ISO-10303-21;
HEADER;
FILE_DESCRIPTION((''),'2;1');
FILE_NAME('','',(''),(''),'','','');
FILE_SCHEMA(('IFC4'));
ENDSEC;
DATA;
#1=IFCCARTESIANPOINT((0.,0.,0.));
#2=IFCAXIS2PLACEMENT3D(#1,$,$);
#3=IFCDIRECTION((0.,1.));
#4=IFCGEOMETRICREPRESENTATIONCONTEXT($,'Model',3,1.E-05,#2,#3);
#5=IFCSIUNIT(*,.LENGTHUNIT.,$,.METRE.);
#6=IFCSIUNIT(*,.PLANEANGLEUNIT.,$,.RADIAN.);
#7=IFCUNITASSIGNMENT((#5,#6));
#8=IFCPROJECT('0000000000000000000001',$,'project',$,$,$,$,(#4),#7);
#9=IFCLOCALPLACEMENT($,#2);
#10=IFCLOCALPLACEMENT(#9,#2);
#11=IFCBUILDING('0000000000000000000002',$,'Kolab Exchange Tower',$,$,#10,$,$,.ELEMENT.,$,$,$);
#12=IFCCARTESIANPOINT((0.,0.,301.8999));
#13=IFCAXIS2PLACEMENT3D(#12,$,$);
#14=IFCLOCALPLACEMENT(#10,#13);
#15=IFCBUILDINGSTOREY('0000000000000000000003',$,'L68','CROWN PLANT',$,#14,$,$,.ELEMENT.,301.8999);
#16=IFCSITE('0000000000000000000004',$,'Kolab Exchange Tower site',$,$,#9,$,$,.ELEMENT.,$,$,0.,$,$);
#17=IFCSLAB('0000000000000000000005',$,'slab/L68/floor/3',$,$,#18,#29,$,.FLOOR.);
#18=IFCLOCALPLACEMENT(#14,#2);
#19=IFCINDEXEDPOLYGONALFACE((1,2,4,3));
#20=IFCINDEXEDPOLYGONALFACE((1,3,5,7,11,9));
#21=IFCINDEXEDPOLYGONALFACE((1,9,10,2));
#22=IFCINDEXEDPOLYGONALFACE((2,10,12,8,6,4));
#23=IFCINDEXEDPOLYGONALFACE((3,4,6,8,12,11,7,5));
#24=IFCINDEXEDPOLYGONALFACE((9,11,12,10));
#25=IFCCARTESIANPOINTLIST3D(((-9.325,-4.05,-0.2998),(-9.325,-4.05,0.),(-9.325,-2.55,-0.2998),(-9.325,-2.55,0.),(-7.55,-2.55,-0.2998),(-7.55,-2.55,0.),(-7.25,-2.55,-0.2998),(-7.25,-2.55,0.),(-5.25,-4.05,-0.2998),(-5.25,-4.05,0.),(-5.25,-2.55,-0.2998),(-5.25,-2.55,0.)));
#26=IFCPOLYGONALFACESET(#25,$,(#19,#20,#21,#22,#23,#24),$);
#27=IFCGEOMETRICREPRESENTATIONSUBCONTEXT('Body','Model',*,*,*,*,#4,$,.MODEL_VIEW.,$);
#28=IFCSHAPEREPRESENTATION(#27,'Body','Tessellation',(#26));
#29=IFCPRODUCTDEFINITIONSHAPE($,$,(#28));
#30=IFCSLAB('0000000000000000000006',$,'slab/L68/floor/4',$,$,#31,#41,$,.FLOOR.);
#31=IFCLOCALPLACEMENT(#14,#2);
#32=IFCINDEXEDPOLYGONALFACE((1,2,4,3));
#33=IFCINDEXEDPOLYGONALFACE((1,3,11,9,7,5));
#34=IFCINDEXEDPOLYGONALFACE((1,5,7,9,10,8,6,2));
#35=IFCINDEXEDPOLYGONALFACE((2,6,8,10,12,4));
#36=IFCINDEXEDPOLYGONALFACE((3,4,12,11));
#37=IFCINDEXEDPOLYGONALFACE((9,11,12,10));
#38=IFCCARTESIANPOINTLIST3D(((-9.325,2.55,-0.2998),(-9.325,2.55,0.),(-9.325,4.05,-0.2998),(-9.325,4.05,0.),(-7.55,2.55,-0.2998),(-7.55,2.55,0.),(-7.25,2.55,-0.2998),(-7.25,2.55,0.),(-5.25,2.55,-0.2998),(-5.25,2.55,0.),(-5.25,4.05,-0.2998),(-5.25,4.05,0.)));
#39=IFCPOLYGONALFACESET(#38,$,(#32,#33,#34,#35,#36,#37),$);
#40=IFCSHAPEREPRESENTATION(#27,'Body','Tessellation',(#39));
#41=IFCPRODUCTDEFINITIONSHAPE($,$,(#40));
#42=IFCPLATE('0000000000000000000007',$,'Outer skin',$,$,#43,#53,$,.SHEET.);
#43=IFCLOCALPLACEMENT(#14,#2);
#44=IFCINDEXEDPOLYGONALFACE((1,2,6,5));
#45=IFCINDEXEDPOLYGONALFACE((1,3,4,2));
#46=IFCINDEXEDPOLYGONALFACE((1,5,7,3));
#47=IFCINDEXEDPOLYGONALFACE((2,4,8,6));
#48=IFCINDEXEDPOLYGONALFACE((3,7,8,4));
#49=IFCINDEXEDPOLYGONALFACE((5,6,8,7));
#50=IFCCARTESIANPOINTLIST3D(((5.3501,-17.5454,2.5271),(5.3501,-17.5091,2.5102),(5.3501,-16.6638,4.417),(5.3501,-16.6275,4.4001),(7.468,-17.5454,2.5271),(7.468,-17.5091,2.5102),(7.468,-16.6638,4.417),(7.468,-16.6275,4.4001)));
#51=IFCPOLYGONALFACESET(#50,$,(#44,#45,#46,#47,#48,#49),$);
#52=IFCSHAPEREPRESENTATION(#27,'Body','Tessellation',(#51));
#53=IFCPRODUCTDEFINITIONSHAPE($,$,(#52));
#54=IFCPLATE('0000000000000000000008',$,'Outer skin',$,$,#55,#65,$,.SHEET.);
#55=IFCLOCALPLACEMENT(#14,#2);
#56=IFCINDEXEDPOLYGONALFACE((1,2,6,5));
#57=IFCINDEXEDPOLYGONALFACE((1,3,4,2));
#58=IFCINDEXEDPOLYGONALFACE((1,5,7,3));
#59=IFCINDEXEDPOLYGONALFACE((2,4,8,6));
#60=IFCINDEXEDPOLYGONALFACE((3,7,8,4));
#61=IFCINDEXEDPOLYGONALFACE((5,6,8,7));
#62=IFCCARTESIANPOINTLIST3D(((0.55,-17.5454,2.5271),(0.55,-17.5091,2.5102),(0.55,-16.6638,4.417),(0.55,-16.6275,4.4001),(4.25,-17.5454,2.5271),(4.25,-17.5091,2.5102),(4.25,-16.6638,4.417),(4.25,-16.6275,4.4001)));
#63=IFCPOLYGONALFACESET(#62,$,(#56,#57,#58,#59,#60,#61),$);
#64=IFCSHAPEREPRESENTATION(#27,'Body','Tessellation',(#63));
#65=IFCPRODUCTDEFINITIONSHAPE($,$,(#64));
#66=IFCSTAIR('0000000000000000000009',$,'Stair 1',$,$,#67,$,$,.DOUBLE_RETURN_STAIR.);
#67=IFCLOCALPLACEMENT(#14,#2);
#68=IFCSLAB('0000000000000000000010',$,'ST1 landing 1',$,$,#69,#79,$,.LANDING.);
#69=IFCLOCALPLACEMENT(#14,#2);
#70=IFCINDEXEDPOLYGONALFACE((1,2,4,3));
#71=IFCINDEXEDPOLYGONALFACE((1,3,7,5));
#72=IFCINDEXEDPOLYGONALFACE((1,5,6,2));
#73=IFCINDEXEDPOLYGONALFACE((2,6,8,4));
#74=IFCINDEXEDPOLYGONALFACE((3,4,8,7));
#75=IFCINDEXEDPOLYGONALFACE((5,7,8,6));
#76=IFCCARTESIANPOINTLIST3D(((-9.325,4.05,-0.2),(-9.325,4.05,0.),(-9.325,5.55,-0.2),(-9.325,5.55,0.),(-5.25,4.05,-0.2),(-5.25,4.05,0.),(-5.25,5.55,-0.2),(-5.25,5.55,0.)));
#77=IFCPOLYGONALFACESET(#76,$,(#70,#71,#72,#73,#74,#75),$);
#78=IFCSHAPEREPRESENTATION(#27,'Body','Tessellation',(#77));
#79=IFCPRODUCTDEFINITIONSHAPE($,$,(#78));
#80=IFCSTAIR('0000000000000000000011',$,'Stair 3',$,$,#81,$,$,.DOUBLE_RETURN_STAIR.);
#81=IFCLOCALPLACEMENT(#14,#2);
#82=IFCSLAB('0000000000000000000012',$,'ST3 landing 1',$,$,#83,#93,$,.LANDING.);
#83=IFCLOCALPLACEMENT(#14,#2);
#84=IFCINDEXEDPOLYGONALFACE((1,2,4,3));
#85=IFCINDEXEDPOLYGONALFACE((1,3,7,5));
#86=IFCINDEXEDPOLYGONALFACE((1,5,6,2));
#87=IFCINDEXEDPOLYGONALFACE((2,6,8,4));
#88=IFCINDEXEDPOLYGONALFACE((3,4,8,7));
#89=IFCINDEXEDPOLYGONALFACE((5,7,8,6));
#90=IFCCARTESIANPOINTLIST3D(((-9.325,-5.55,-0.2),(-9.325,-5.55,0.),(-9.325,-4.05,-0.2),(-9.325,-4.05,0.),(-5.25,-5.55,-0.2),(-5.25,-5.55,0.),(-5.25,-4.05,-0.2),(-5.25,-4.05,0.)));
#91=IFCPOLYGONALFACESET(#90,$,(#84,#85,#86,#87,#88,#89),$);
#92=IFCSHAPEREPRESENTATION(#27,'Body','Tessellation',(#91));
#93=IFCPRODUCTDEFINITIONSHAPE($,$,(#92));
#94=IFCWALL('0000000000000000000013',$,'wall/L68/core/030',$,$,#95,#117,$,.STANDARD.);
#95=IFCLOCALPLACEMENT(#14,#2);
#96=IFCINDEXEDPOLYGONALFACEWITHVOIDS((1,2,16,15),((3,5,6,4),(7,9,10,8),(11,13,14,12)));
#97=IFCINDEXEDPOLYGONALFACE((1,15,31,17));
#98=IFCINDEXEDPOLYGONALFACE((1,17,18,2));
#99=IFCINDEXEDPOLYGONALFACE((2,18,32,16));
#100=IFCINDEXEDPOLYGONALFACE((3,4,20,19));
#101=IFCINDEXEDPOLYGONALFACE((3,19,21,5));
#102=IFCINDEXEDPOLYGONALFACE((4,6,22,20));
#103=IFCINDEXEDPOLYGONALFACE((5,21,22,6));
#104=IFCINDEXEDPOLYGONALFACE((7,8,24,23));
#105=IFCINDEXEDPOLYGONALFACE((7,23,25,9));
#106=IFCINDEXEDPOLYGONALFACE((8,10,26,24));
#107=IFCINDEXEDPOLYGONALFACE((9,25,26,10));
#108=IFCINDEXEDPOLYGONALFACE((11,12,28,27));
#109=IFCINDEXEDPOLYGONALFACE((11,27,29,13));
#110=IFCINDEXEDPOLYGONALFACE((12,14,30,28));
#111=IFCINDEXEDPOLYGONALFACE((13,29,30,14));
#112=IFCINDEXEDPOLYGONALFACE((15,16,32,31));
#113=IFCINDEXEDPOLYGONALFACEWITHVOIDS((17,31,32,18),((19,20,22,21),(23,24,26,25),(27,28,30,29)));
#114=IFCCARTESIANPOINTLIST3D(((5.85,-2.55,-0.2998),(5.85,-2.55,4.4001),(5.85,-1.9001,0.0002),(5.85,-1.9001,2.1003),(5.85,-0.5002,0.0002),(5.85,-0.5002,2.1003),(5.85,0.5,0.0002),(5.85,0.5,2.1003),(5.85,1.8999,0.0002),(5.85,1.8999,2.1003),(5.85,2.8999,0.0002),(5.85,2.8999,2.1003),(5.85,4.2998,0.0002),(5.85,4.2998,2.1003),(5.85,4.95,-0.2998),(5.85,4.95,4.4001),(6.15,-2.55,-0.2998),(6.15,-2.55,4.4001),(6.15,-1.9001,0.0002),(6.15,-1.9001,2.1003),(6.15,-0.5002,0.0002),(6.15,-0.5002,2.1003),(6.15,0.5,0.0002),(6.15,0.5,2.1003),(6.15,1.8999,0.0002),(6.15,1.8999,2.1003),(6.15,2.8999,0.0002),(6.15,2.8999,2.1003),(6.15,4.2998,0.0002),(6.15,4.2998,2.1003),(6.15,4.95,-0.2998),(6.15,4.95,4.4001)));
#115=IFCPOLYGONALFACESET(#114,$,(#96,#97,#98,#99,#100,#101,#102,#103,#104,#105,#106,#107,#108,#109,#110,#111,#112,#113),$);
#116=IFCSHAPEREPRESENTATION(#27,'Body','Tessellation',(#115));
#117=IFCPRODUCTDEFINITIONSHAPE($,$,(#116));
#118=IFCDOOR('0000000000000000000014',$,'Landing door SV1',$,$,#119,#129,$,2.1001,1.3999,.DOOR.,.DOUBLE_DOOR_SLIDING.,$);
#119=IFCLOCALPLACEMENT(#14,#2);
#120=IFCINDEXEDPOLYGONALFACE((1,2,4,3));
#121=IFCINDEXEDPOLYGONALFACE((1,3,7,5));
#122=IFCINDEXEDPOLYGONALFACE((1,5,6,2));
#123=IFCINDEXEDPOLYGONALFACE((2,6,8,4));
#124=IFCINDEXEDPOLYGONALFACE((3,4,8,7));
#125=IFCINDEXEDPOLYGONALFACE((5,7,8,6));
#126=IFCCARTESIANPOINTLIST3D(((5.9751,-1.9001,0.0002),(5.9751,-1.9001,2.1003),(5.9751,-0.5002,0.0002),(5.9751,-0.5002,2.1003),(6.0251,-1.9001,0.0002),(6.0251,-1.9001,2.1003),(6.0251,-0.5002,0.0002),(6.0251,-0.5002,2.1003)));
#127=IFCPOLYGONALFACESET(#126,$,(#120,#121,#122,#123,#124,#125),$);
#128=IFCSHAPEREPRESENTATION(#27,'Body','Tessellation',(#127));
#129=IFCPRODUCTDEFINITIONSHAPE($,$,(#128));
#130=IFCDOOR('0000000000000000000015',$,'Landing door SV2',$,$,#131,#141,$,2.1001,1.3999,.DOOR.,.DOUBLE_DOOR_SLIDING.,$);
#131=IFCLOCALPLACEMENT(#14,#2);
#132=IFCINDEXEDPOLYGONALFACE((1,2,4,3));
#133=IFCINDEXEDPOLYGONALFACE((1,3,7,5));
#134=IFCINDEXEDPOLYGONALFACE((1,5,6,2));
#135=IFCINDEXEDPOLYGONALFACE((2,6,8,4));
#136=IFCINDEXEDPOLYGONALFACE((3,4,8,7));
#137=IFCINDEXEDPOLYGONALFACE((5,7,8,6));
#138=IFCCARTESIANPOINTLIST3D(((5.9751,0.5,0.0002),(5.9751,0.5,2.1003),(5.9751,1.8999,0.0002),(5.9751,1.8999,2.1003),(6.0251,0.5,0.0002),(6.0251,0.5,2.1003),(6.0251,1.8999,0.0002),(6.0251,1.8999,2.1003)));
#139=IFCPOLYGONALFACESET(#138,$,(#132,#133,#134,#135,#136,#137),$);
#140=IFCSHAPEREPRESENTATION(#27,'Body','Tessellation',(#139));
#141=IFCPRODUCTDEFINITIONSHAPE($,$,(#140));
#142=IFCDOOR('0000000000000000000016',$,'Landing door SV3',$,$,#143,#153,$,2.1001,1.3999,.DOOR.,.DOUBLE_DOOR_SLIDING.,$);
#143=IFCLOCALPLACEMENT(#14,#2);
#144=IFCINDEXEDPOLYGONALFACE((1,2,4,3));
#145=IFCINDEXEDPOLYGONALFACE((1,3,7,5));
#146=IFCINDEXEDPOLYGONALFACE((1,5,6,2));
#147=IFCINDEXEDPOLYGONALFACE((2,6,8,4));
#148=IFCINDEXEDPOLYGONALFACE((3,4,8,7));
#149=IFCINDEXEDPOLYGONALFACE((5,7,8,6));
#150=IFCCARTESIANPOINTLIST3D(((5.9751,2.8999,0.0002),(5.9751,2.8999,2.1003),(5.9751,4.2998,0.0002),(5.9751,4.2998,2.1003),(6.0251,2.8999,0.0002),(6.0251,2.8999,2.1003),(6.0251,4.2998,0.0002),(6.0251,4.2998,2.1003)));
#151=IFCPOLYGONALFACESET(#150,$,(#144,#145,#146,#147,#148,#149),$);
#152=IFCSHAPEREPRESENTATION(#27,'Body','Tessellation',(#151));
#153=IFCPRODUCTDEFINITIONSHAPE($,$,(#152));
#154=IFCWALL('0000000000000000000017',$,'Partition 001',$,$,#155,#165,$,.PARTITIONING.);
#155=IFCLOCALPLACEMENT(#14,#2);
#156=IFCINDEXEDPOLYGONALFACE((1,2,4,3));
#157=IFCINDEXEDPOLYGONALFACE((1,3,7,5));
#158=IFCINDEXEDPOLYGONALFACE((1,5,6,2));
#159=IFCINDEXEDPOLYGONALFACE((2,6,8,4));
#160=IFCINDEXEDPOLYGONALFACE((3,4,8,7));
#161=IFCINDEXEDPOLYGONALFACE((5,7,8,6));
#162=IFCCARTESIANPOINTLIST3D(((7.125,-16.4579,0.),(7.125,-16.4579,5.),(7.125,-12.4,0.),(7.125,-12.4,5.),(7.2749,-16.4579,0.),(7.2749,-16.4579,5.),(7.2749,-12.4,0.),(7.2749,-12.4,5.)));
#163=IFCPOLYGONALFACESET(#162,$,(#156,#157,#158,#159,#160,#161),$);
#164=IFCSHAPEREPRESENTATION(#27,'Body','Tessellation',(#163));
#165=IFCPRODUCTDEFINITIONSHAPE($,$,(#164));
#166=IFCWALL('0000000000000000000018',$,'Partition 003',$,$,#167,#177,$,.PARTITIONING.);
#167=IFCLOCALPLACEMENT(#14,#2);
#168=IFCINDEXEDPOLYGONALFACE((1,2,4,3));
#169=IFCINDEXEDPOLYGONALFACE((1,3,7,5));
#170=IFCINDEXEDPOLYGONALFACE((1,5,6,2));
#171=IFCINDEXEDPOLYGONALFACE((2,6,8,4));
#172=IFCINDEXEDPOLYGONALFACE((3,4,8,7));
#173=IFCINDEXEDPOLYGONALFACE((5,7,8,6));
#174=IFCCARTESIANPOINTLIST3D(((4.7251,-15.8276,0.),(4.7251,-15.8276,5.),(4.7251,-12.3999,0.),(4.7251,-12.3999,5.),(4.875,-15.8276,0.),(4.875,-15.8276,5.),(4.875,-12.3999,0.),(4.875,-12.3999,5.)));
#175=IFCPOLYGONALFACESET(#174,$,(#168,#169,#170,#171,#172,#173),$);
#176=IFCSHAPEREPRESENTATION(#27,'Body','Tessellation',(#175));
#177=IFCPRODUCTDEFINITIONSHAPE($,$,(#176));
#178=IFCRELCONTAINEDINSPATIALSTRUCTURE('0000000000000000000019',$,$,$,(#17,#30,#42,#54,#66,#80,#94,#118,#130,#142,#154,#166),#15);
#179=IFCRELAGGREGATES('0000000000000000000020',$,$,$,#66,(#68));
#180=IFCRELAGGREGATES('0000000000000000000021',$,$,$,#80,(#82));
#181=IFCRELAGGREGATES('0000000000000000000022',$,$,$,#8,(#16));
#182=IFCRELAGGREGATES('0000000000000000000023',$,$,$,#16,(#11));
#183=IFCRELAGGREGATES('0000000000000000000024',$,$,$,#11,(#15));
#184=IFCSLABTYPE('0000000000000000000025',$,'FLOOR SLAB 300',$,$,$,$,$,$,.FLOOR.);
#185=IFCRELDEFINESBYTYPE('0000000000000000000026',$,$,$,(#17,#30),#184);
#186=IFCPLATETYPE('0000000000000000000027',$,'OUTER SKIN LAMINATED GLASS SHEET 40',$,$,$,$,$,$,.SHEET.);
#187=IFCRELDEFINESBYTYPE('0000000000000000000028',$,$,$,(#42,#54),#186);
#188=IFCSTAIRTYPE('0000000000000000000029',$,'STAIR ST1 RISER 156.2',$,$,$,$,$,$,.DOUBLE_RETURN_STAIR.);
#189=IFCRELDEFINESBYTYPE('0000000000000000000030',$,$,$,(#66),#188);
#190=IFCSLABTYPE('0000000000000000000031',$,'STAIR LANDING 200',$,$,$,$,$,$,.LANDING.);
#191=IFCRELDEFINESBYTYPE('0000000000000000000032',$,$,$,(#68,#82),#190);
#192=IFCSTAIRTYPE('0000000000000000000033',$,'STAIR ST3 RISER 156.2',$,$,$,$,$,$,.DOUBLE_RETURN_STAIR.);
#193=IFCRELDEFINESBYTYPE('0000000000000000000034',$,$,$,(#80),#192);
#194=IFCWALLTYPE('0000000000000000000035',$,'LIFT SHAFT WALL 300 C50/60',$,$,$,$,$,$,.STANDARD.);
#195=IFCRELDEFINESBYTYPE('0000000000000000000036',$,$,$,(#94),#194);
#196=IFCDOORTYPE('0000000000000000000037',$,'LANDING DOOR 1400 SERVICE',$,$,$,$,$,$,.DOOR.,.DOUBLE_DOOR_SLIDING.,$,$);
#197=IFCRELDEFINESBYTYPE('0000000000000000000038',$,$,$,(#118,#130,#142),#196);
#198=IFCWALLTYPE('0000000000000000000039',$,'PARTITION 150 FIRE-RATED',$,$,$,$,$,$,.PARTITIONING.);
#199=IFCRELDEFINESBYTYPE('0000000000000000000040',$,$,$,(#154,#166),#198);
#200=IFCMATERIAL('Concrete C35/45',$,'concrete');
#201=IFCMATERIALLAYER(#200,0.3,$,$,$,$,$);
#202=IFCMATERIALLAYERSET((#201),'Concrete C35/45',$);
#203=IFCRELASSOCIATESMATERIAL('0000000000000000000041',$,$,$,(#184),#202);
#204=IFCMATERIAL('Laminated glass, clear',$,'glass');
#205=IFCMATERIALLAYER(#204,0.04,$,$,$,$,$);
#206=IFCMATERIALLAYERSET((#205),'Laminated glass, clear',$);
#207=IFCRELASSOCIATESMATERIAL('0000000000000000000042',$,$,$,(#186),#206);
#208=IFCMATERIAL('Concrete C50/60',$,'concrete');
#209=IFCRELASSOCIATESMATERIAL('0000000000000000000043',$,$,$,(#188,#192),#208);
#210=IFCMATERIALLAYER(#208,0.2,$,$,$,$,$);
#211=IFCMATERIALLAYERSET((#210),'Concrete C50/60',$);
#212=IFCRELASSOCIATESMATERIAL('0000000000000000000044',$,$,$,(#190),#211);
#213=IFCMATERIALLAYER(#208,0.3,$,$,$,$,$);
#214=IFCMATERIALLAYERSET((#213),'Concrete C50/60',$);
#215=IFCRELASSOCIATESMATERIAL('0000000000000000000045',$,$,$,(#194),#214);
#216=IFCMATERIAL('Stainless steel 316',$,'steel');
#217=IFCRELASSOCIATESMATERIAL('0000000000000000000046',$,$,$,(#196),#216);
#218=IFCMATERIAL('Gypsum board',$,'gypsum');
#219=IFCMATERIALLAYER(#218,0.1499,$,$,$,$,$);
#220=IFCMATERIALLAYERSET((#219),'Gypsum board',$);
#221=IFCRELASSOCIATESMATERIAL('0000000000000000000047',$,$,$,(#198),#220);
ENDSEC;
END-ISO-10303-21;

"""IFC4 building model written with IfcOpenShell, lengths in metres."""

from ifc_helpers import new_model, si_unit, direction, frame, frame_2d, origin, place, context, subcontext, project, spatial, polyline, rectangle, outline, extrude, material, layer, layer_set, type_object, element, fill, aggregate, save


model = new_model("IFC4")

# Units and contexts
model_context = context("Model", 3, precision=1e-05, world=origin(), true_north=direction((0.0, 1.0)))
body_context = subcontext(model_context, "Body", "Model", "MODEL_VIEW")
ifc_project = project(units=[si_unit("LENGTHUNIT", "METRE"), si_unit("PLANEANGLEUNIT", "RADIAN")], contexts=[model_context])

# Site, building, storey
site_placement = place(None, origin())
site = spatial("IfcSite", under=ifc_project, at=site_placement, Name="Kolab Exchange Tower site", CompositionType="ELEMENT", RefElevation=0.0)
building_placement = place(site_placement, origin())
building = spatial("IfcBuilding", under=site, at=building_placement, Name="Kolab Exchange Tower", CompositionType="ELEMENT")
storey_placement = place(building_placement, frame((0.0, 0.0, 301.8999)))
storey = spatial("IfcBuildingStorey", under=building, at=storey_placement, Name="L68", Description="CROWN PLANT", CompositionType="ELEMENT", Elevation=301.8999)

# Shared definitions
ifc_material_1 = material(Name="Concrete C50/60", Category="concrete")

# Slabs
ifc_material_2 = material(Name="Concrete C35/45", Category="concrete")
ifc_layer_1 = layer(ifc_material_2, 0.3)
ifc_layer_set_1 = layer_set([ifc_layer_1], Name="Concrete C35/45")
slab_type_1 = type_object("IfcSlabType", Name="FLOOR SLAB 300", PredefinedType="FLOOR", material=ifc_layer_set_1)
slab_1_placement = place(storey_placement, frame((0.0, 0.0, -0.2998)))
element("IfcSlab", 1, at=slab_1_placement, inside=storey, type_object=slab_type_1, Name="slab/L68/floor/3", PredefinedType="FLOOR", context=body_context, shape_type="SweptSolid", body=[
    extrude(outline(polyline([(-7.25, -2.55), (-7.55, -2.55), (-9.325, -2.55), (-9.325, -4.05), (-5.25, -4.05), (-5.25, -2.55), (-7.25, -2.55)])), origin(), (0.0, 0.0, 1.0), 0.2998),
])
slab_2_placement = place(storey_placement, frame((0.0, 0.0, -0.2998)))
element("IfcSlab", 2, at=slab_2_placement, inside=storey, type_object=slab_type_1, Name="slab/L68/floor/4", PredefinedType="FLOOR", context=body_context, shape_type="SweptSolid", body=[
    extrude(outline(polyline([(-9.325, 4.05), (-9.325, 2.55), (-7.55, 2.55), (-7.25, 2.55), (-5.25, 2.55), (-5.25, 4.05), (-9.325, 4.05)])), origin(), (0.0, 0.0, 1.0), 0.2998),
])

# Plates
ifc_material_3 = material(Name="Laminated glass, clear", Category="glass")
ifc_layer_2 = layer(ifc_material_3, 0.04)
ifc_layer_set_2 = layer_set([ifc_layer_2], Name="Laminated glass, clear")
plate_type = type_object("IfcPlateType", Name="OUTER SKIN LAMINATED GLASS SHEET 40", PredefinedType="SHEET", material=ifc_layer_set_2)
plate_1_placement = place(storey_placement, frame((7.468, -17.5454, 2.5271), z_axis=(0.0, -0.906249, 0.422744), x_axis=(-1.0, 0.0, 0.0)))
element("IfcPlate", 3, at=plate_1_placement, inside=storey, type_object=plate_type, Name="Outer skin", PredefinedType="SHEET", context=body_context, shape_type="SweptSolid", body=[
    extrude(outline(polyline([(0.0, 0.0), (2.1179, 0.0), (2.1179, -2.0854), (0.0, -2.0854), (0.0, 0.0)])), origin(), (0.0, 0.0, -1.0), 0.04),
])
plate_2_placement = place(storey_placement, frame((4.25, -17.5454, 2.5271), z_axis=(0.0, -0.906249, 0.422744), x_axis=(-1.0, 0.0, 0.0)))
element("IfcPlate", 4, at=plate_2_placement, inside=storey, type_object=plate_type, Name="Outer skin", PredefinedType="SHEET", context=body_context, shape_type="SweptSolid", body=[
    extrude(outline(polyline([(0.0, 0.0), (3.7, 0.0), (3.7, -2.0854), (0.0, -2.0854), (0.0, 0.0)])), origin(), (0.0, 0.0, -1.0), 0.04),
])

# Stairs, slabs
stair_type_1 = type_object("IfcStairType", Name="STAIR ST1 RISER 156.2", PredefinedType="DOUBLE_RETURN_STAIR", material=ifc_material_1)
stair_1_placement = place(storey_placement, origin())
stair_1 = element("IfcStair", 5, at=stair_1_placement, inside=storey, type_object=stair_type_1, Name="Stair 1", PredefinedType="DOUBLE_RETURN_STAIR")
ifc_layer_3 = layer(ifc_material_1, 0.2)
ifc_layer_set_3 = layer_set([ifc_layer_3], Name="Concrete C50/60")
slab_type_2 = type_object("IfcSlabType", Name="STAIR LANDING 200", PredefinedType="LANDING", material=ifc_layer_set_3)
slab_3_placement = place(storey_placement, frame((0.0, 0.0, -0.2)))
slab_3 = element("IfcSlab", 6, at=slab_3_placement, type_object=slab_type_2, Name="ST1 landing 1", PredefinedType="LANDING", context=body_context, shape_type="SweptSolid", body=[
    extrude(outline(polyline([(-9.325, 4.05), (-5.25, 4.05), (-5.25, 5.55), (-9.325, 5.55), (-9.325, 4.05)])), origin(), (0.0, 0.0, 1.0), 0.2),
])
aggregate(stair_1, [slab_3])
stair_type_2 = type_object("IfcStairType", Name="STAIR ST3 RISER 156.2", PredefinedType="DOUBLE_RETURN_STAIR", material=ifc_material_1)
stair_2_placement = place(storey_placement, origin())
stair_2 = element("IfcStair", 7, at=stair_2_placement, inside=storey, type_object=stair_type_2, Name="Stair 3", PredefinedType="DOUBLE_RETURN_STAIR")
slab_4_placement = place(storey_placement, frame((0.0, 0.0, -0.2)))
slab_4 = element("IfcSlab", 8, at=slab_4_placement, type_object=slab_type_2, Name="ST3 landing 1", PredefinedType="LANDING", context=body_context, shape_type="SweptSolid", body=[
    extrude(outline(polyline([(-9.325, -5.55), (-5.25, -5.55), (-5.25, -4.05), (-9.325, -4.05), (-9.325, -5.55)])), origin(), (0.0, 0.0, 1.0), 0.2),
])
aggregate(stair_2, [slab_4])

# Wall, openings, doors
ifc_layer_4 = layer(ifc_material_1, 0.3)
ifc_layer_set_4 = layer_set([ifc_layer_4], Name="Concrete C50/60")
wall_type_1 = type_object("IfcWallType", Name="LIFT SHAFT WALL 300 C50/60", PredefinedType="STANDARD", material=ifc_layer_set_4)
wall_1_placement = place(storey_placement, frame((6.0, -2.55, -0.2998), z_axis=(0.0, 0.0, 1.0), x_axis=(0.0, 1.0, 0.0)))
wall_1 = element("IfcWall", 9, at=wall_1_placement, inside=storey, type_object=wall_type_1, Name="wall/L68/core/030", PredefinedType="STANDARD", context=body_context, shape_type="SweptSolid", body=[
    extrude(rectangle(XDim=7.5, YDim=0.3, at=frame_2d((3.75, 0.0))), origin(), (0.0, 0.0, 1.0), 4.7),
])
opening_1_placement = place(wall_1_placement, frame((0.6499, 0.0, 0.3)))
opening_1 = element("IfcOpeningElement", 10, at=opening_1_placement, cuts=wall_1, PredefinedType="OPENING", context=body_context, shape_type="SweptSolid", body=[
    extrude(rectangle(XDim=1.3999, YDim=2.1001, at=frame_2d((0.7, 1.05))), frame((0.0, 0.1602, 0.0), z_axis=(0.0, -1.0, 0.0), x_axis=(1.0, 0.0, 0.0)), (0.0, 0.0, 1.0), 0.3201),
])
opening_2_placement = place(wall_1_placement, frame((3.05, 0.0, 0.3)))
opening_2 = element("IfcOpeningElement", 11, at=opening_2_placement, cuts=wall_1, PredefinedType="OPENING", context=body_context, shape_type="SweptSolid", body=[
    extrude(rectangle(XDim=1.3999, YDim=2.1001, at=frame_2d((0.7, 1.05))), frame((0.0, 0.1602, 0.0), z_axis=(0.0, -1.0, 0.0), x_axis=(1.0, 0.0, 0.0)), (0.0, 0.0, 1.0), 0.3201),
])
opening_3_placement = place(wall_1_placement, frame((5.45, 0.0, 0.3)))
opening_3 = element("IfcOpeningElement", 12, at=opening_3_placement, cuts=wall_1, PredefinedType="OPENING", context=body_context, shape_type="SweptSolid", body=[
    extrude(rectangle(XDim=1.3999, YDim=2.1001, at=frame_2d((0.7, 1.05))), frame((0.0, 0.1602, 0.0), z_axis=(0.0, -1.0, 0.0), x_axis=(1.0, 0.0, 0.0)), (0.0, 0.0, 1.0), 0.3201),
])
ifc_material_4 = material(Name="Stainless steel 316", Category="steel")
door_type_1 = type_object("IfcDoorType", Name="LANDING DOOR 1400 SERVICE", OperationType="DOUBLE_DOOR_SLIDING", PredefinedType="DOOR", material=ifc_material_4)
door_1_placement = place(opening_1_placement, origin())
door_1 = element("IfcDoor", 13, at=door_1_placement, inside=storey, type_object=door_type_1, Name="Landing door SV1", OperationType="DOUBLE_DOOR_SLIDING", OverallHeight=2.1001, OverallWidth=1.3999, PredefinedType="DOOR", context=body_context, shape_type="SweptSolid", body=[
    extrude(rectangle(XDim=1.3999, YDim=2.1001, at=frame_2d((0.7, 1.05))), frame((0.0, 0.0249, 0.0), z_axis=(0.0, -1.0, 0.0), x_axis=(1.0, 0.0, 0.0)), (0.0, 0.0, 1.0), 0.05),
])
fill(opening_1, door_1)
door_2_placement = place(opening_2_placement, origin())
door_2 = element("IfcDoor", 14, at=door_2_placement, inside=storey, type_object=door_type_1, Name="Landing door SV2", OperationType="DOUBLE_DOOR_SLIDING", OverallHeight=2.1001, OverallWidth=1.3999, PredefinedType="DOOR", context=body_context, shape_type="SweptSolid", body=[
    extrude(rectangle(XDim=1.3999, YDim=2.1001, at=frame_2d((0.7, 1.05))), frame((0.0, 0.0249, 0.0), z_axis=(0.0, -1.0, 0.0), x_axis=(1.0, 0.0, 0.0)), (0.0, 0.0, 1.0), 0.05),
])
fill(opening_2, door_2)
door_3_placement = place(opening_3_placement, origin())
door_3 = element("IfcDoor", 15, at=door_3_placement, inside=storey, type_object=door_type_1, Name="Landing door SV3", OperationType="DOUBLE_DOOR_SLIDING", OverallHeight=2.1001, OverallWidth=1.3999, PredefinedType="DOOR", context=body_context, shape_type="SweptSolid", body=[
    extrude(rectangle(XDim=1.3999, YDim=2.1001, at=frame_2d((0.7, 1.05))), frame((0.0, 0.0249, 0.0), z_axis=(0.0, -1.0, 0.0), x_axis=(1.0, 0.0, 0.0)), (0.0, 0.0, 1.0), 0.05),
])
fill(opening_3, door_3)

# Walls
ifc_material_5 = material(Name="Gypsum board", Category="gypsum")
ifc_layer_5 = layer(ifc_material_5, 0.1499)
ifc_layer_set_5 = layer_set([ifc_layer_5], Name="Gypsum board")
wall_type_2 = type_object("IfcWallType", Name="PARTITION 150 FIRE-RATED", PredefinedType="PARTITIONING", material=ifc_layer_set_5)
wall_2_placement = place(storey_placement, frame((7.2, -16.4578, 0.0), z_axis=(0.0, 0.0, 1.0), x_axis=(0.0, 1.0, 0.0)))
element("IfcWall", 16, at=wall_2_placement, inside=storey, type_object=wall_type_2, Name="Partition 001", PredefinedType="PARTITIONING", context=body_context, shape_type="SweptSolid", body=[
    extrude(rectangle(XDim=4.0579, YDim=0.1499, at=frame_2d((2.0288, 0.0))), origin(), (0.0, 0.0, 1.0), 5.0),
])
wall_3_placement = place(storey_placement, frame((4.8, -15.8276, 0.0), z_axis=(0.0, 0.0, 1.0), x_axis=(0.0, 1.0, 0.0)))
element("IfcWall", 17, at=wall_3_placement, inside=storey, type_object=wall_type_2, Name="Partition 003", PredefinedType="PARTITIONING", context=body_context, shape_type="SweptSolid", body=[
    extrude(rectangle(XDim=3.4277, YDim=0.1499, at=frame_2d((1.7139, 0.0))), origin(), (0.0, 0.0, 1.0), 5.0),
])

save(model, "model.ifc")
